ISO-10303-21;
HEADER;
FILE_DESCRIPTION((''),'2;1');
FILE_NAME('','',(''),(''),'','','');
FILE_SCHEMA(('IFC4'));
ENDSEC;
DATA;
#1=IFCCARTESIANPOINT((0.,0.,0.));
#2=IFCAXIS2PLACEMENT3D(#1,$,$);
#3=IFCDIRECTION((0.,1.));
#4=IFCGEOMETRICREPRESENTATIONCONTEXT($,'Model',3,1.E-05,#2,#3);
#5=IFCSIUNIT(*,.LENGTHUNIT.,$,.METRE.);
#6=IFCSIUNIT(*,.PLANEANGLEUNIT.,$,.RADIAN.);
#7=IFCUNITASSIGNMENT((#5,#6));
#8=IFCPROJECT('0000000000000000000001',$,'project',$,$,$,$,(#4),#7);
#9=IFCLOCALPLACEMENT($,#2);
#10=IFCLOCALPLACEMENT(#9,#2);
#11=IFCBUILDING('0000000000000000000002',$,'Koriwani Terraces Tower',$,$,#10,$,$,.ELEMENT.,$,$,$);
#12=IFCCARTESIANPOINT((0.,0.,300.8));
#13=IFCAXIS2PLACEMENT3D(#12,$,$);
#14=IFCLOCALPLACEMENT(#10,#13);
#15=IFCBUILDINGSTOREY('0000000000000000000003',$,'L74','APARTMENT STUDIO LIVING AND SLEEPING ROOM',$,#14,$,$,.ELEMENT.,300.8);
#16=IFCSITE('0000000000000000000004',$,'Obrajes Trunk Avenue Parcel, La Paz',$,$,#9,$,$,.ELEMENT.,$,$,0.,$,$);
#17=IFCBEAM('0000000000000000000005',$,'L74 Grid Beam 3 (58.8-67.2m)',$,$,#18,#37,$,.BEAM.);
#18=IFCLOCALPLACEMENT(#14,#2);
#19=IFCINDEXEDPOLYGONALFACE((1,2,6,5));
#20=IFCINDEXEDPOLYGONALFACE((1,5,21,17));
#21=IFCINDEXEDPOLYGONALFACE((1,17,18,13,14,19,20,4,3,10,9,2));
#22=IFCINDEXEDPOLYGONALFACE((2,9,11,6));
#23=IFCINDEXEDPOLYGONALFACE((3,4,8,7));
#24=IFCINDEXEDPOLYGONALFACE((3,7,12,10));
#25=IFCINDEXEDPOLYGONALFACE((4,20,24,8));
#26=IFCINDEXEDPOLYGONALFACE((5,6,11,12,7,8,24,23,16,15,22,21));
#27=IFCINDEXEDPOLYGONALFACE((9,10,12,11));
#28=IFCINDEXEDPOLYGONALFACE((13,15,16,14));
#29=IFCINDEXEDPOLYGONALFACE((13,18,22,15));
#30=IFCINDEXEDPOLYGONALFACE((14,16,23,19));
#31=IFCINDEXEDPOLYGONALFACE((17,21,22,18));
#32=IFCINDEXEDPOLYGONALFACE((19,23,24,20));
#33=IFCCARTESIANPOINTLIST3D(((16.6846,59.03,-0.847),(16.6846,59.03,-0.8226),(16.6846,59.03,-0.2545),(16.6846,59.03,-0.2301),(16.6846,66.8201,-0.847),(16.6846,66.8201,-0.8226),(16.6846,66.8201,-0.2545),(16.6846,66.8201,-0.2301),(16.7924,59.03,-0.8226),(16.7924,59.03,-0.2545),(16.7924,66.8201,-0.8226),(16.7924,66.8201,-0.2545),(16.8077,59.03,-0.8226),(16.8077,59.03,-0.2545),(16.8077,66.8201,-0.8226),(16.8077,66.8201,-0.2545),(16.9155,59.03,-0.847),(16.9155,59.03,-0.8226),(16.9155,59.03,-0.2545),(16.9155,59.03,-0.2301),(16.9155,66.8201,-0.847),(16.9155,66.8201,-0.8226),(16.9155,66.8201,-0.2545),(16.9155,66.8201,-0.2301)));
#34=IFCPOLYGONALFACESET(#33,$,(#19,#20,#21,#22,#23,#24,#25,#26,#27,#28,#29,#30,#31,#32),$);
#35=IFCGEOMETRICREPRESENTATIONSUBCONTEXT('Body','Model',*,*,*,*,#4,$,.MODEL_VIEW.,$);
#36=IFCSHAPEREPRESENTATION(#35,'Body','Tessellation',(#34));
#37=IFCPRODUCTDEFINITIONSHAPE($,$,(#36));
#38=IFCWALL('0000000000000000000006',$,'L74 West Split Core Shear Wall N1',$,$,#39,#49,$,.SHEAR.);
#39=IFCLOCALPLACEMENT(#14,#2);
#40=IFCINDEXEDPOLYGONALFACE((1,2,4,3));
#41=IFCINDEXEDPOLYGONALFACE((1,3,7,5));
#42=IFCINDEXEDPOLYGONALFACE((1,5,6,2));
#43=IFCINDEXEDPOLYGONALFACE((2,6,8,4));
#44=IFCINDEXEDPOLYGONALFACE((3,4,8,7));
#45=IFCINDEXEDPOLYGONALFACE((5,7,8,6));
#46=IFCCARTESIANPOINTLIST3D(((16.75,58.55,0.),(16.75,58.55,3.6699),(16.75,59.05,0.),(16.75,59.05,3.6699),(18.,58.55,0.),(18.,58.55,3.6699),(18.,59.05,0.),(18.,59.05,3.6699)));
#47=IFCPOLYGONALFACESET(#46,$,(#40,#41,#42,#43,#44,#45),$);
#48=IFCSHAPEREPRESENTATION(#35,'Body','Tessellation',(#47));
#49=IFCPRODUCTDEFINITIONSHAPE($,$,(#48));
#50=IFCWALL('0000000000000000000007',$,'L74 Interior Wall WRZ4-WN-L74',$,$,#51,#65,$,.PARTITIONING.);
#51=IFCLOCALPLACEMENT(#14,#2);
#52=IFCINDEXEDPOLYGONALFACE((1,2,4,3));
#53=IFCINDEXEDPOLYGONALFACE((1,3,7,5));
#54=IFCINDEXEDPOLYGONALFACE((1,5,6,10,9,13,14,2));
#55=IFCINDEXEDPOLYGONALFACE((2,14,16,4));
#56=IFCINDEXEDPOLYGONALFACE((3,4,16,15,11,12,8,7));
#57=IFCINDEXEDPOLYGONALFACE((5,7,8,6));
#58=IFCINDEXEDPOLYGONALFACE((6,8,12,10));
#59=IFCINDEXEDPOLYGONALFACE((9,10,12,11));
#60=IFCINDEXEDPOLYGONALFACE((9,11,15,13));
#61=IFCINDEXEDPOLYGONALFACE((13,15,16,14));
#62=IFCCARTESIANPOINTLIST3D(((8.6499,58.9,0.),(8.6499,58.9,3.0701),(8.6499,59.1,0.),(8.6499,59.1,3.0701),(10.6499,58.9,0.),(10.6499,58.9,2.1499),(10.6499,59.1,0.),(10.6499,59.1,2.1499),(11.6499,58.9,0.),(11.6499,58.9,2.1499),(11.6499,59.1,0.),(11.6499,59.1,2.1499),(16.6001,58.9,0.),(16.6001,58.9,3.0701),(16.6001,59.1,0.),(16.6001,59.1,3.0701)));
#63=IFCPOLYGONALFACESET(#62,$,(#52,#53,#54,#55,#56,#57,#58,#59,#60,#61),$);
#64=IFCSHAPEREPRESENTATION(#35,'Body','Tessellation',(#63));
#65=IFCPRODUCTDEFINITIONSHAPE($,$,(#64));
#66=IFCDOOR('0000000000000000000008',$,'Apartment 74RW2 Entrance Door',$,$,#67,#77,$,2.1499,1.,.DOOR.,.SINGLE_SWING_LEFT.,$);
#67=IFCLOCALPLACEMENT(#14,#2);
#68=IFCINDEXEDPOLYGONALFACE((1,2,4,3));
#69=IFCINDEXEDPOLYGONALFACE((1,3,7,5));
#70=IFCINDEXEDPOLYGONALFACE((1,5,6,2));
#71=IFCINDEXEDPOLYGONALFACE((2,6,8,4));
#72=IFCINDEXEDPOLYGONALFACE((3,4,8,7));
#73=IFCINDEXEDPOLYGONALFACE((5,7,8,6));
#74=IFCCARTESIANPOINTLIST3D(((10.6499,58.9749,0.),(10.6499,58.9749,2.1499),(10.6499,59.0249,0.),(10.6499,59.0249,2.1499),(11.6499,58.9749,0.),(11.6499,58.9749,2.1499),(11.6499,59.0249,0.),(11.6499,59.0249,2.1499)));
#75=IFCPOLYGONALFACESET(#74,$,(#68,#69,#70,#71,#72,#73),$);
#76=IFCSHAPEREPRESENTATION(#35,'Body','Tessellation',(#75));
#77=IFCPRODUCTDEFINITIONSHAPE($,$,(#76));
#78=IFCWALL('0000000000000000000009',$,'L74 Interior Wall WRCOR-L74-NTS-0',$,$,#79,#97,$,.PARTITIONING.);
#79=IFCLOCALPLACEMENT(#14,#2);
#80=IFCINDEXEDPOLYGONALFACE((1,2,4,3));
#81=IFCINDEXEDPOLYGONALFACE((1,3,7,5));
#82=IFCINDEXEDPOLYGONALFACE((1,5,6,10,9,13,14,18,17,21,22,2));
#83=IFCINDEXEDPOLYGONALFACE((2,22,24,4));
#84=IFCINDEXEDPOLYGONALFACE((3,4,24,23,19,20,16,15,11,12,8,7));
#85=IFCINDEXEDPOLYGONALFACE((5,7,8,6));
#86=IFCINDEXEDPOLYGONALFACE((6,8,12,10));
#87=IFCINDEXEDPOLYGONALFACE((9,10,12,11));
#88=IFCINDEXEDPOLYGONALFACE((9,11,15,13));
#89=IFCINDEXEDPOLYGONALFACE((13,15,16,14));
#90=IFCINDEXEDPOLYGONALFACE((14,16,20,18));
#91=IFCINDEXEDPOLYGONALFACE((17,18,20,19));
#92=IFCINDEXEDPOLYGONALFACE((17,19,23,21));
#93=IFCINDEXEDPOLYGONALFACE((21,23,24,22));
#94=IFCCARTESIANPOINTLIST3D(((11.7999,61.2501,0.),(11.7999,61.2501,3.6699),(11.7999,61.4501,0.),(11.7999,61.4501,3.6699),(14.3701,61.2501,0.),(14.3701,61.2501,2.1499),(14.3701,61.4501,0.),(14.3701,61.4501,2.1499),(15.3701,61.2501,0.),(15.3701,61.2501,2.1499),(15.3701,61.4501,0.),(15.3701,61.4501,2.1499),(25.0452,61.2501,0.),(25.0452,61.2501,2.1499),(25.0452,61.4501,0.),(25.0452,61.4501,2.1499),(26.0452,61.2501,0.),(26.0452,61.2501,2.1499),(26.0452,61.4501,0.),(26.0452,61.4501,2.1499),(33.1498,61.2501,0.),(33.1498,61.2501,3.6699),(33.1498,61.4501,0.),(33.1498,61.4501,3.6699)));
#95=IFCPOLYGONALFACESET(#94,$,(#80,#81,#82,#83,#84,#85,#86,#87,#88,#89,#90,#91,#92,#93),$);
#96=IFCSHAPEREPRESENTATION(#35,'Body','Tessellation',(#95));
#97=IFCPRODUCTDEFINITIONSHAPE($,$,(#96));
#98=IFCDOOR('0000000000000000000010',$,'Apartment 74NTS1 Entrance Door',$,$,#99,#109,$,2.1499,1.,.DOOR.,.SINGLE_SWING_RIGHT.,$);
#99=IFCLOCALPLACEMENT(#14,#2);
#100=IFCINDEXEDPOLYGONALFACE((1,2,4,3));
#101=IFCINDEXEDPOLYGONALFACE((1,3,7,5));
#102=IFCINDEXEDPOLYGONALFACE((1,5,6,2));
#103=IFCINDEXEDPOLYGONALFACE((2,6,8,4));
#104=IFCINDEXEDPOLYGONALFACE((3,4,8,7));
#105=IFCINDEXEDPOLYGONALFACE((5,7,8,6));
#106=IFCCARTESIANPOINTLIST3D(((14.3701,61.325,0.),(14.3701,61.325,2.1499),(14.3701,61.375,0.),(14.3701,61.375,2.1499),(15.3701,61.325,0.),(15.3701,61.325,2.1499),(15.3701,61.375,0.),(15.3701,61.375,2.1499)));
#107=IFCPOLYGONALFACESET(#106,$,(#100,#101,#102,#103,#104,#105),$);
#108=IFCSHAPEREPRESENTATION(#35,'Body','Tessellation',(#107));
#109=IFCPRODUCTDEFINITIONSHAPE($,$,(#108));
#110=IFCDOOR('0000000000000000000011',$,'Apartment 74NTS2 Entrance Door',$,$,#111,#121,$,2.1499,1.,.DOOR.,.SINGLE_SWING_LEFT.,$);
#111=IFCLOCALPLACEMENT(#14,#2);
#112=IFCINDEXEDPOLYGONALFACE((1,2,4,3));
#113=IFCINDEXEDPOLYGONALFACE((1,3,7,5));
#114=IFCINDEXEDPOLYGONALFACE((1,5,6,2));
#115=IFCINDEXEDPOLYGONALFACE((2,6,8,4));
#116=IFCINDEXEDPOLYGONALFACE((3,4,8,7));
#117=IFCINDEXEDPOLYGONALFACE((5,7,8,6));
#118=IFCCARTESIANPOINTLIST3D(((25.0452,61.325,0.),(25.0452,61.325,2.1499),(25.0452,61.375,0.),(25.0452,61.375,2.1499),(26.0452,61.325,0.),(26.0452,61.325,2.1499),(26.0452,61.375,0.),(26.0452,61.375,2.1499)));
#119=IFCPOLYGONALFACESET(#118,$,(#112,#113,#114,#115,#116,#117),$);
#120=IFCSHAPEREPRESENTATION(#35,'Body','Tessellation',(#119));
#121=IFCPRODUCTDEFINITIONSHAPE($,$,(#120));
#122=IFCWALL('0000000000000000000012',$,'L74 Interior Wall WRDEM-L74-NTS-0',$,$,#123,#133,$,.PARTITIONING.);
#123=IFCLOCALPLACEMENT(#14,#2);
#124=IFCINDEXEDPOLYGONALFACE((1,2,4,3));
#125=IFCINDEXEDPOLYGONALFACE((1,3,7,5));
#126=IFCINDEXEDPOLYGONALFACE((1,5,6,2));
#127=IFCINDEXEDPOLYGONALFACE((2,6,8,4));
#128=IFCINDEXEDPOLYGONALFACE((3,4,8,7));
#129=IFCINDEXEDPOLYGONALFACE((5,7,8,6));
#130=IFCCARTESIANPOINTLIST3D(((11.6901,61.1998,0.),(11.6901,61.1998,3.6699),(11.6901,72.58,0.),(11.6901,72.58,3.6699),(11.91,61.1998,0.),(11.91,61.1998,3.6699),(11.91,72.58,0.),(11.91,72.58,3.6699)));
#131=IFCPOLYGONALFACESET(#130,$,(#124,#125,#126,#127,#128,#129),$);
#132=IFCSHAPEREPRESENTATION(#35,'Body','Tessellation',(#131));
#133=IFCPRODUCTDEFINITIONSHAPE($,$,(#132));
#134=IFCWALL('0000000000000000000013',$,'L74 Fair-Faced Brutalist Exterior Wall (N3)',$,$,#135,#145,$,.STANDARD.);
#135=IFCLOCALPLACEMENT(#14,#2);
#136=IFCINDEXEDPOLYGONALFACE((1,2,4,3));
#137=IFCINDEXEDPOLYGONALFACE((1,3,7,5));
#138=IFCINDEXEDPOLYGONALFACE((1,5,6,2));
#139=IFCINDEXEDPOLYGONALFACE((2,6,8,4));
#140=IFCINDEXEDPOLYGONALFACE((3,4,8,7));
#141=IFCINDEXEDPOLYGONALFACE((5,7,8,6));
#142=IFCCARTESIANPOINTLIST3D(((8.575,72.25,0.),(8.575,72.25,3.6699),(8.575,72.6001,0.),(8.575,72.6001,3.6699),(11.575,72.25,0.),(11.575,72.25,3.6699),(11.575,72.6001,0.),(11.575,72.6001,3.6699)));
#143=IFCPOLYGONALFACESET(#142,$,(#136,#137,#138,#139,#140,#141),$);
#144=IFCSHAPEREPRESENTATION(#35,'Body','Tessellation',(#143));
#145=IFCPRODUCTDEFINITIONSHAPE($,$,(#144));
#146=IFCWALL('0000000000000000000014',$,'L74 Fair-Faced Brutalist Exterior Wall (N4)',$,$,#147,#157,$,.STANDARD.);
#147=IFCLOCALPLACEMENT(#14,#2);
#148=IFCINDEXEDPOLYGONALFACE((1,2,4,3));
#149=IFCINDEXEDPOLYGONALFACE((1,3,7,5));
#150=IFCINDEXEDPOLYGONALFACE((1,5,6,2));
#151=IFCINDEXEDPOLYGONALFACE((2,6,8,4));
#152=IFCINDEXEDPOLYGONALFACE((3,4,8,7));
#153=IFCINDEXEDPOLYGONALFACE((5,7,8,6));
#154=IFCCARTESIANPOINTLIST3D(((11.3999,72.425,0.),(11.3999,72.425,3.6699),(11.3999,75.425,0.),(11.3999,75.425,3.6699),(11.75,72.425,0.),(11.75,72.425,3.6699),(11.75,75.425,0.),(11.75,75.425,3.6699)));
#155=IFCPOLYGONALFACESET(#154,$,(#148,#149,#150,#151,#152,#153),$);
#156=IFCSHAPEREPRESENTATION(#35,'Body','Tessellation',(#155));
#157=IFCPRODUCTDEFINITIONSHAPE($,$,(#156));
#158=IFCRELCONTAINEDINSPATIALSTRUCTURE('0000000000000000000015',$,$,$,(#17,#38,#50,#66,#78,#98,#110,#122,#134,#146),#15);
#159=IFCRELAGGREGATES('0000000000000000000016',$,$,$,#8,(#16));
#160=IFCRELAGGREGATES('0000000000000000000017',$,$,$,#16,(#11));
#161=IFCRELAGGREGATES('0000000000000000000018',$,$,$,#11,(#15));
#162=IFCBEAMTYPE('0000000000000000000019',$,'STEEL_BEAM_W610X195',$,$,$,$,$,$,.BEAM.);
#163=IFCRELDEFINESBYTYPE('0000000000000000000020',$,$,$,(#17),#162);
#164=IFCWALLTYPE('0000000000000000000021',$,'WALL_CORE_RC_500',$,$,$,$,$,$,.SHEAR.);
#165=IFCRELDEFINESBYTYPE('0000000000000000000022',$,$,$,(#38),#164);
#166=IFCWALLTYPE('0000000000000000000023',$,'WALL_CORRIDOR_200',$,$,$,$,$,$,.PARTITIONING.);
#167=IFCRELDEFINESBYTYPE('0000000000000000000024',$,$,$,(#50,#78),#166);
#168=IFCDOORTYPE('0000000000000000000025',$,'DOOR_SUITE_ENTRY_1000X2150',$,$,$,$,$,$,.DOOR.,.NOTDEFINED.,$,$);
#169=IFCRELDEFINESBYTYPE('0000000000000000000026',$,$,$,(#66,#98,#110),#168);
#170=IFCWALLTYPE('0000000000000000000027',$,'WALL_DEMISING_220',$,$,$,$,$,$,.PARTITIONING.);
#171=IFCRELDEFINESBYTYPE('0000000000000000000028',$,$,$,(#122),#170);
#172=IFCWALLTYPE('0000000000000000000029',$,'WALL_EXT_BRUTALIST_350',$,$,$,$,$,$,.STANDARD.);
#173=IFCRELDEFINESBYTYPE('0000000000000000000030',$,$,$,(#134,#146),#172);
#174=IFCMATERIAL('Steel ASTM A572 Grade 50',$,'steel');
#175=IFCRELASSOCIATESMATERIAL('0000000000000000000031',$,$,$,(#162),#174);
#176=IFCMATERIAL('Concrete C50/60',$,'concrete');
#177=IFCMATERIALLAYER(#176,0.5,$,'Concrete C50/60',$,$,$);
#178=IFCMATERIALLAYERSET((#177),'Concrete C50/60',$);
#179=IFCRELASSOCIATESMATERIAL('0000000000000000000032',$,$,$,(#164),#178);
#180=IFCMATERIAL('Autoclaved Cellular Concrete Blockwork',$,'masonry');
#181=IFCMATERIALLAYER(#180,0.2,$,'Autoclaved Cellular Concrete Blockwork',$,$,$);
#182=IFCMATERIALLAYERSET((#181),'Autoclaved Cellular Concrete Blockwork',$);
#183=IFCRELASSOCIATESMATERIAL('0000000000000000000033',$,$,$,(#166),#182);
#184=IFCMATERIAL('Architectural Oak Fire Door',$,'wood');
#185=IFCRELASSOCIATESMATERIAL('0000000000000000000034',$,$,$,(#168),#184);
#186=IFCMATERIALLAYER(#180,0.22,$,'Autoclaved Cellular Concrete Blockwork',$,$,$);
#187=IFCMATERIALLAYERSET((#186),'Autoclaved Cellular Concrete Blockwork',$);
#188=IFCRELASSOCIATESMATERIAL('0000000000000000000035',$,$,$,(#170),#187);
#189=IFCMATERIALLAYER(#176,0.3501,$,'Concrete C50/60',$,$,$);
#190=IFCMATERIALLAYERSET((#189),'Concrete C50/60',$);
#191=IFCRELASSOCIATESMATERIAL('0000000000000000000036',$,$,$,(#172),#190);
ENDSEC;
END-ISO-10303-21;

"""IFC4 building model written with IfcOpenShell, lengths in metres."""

from ifc_helpers import new_model, si_unit, direction, frame, frame_2d, origin, origin_2d, place, context, subcontext, project, spatial, rectangle, i_section, extrude, material, layer, layer_set, material_profile, profile_set, type_object, element, fill, save


model = new_model("IFC4")

# Units and contexts
model_context = context("Model", 3, precision=1e-05, world=origin(), true_north=direction((0.0, 1.0)))
body_context = subcontext(model_context, "Body", "Model", "MODEL_VIEW")
ifc_project = project(units=[si_unit("LENGTHUNIT", "METRE"), si_unit("PLANEANGLEUNIT", "RADIAN")], contexts=[model_context])

# Site, building, storey
site_placement = place(None, origin())
site = spatial("IfcSite", under=ifc_project, at=site_placement, Name="Obrajes Trunk Avenue Parcel, La Paz", CompositionType="ELEMENT", RefElevation=0.0)
building_placement = place(site_placement, origin())
building = spatial("IfcBuilding", under=site, at=building_placement, Name="Koriwani Terraces Tower", CompositionType="ELEMENT")
storey_placement = place(building_placement, frame((0.0, 0.0, 300.8)))
storey = spatial("IfcBuildingStorey", under=building, at=storey_placement, Name="L74", Description="APARTMENT STUDIO LIVING AND SLEEPING ROOM", CompositionType="ELEMENT", Elevation=300.8)

# Shared definitions
ifc_material_1 = material(Name="Concrete C50/60", Category="concrete")

# Beam
ifc_material_2 = material(Name="Steel ASTM A572 Grade 50", Category="steel")
ifc_material_profile_1 = material_profile(ifc_material_2, i_section(OverallWidth=0.231, OverallDepth=0.6169, WebThickness=0.0154, FlangeThickness=0.0244, at=origin_2d()), Name="Steel ASTM A572 Grade 50", Category="LoadBearing")
ifc_profile_set_1 = profile_set([ifc_material_profile_1], Name="Steel ASTM A572 Grade 50")
beam_type_1 = type_object("IfcBeamType", Name="STEEL_BEAM_W610X195", PredefinedType="BEAM", material=ifc_profile_set_1)
beam_1_placement = place(storey_placement, frame((16.8, 59.03, -0.5386), z_axis=(0.0, 1.0, 0.0), x_axis=(-1.0, 0.0, 0.0)))
element("IfcBeam", 1, at=beam_1_placement, inside=storey, type_object=beam_type_1, Name="L74 Grid Beam 3 (58.8-67.2m)", PredefinedType="BEAM", context=body_context, shape_type="SweptSolid", body=[
    extrude(i_section(OverallWidth=0.231, OverallDepth=0.6169, WebThickness=0.0154, FlangeThickness=0.0244, at=origin_2d()), origin(), (0.0, 0.0, 1.0), 7.79),
])

# Wall
ifc_layer_1 = layer(ifc_material_1, 0.5, Name="Concrete C50/60")
ifc_layer_set_1 = layer_set([ifc_layer_1], Name="Concrete C50/60")
wall_type_1 = type_object("IfcWallType", Name="WALL_CORE_RC_500", PredefinedType="SHEAR", material=ifc_layer_set_1)
wall_1_placement = place(storey_placement, frame((16.75, 58.8, 0.0), z_axis=(0.0, 0.0, 1.0), x_axis=(1.0, 0.0, 0.0)))
element("IfcWall", 2, at=wall_1_placement, inside=storey, type_object=wall_type_1, Name="L74 West Split Core Shear Wall N1", PredefinedType="SHEAR", context=body_context, shape_type="SweptSolid", body=[
    extrude(rectangle(XDim=1.25, YDim=0.5, at=frame_2d((0.625, 0.0))), origin(), (0.0, 0.0, 1.0), 3.6699),
])

# Wall, opening, door
ifc_material_3 = material(Name="Autoclaved Cellular Concrete Blockwork", Category="masonry")
ifc_layer_2 = layer(ifc_material_3, 0.2, Name="Autoclaved Cellular Concrete Blockwork")
ifc_layer_set_2 = layer_set([ifc_layer_2], Name="Autoclaved Cellular Concrete Blockwork")
wall_type_2 = type_object("IfcWallType", Name="WALL_CORRIDOR_200", PredefinedType="PARTITIONING", material=ifc_layer_set_2)
wall_2_placement = place(storey_placement, frame((8.6499, 59.0, 0.0), z_axis=(0.0, 0.0, 1.0), x_axis=(1.0, 0.0, 0.0)))
wall_2 = element("IfcWall", 3, at=wall_2_placement, inside=storey, type_object=wall_type_2, Name="L74 Interior Wall WRZ4-WN-L74", PredefinedType="PARTITIONING", context=body_context, shape_type="SweptSolid", body=[
    extrude(rectangle(XDim=7.9502, YDim=0.2, at=frame_2d((3.9751, 0.0))), origin(), (0.0, 0.0, 1.0), 3.0701),
])
opening_1_placement = place(wall_2_placement, frame((2.0, 0.0, 0.0)))
opening_1 = element("IfcOpeningElement", 4, at=opening_1_placement, cuts=wall_2, PredefinedType="OPENING", context=body_context, shape_type="SweptSolid", body=[
    extrude(rectangle(XDim=1.0, YDim=2.1499, at=frame_2d((0.5, 1.075))), frame((0.0, 0.1099, 0.0), z_axis=(0.0, -1.0, 0.0), x_axis=(1.0, 0.0, 0.0)), (0.0, 0.0, 1.0), 0.22),
])
ifc_material_4 = material(Name="Architectural Oak Fire Door", Category="wood")
door_type_1 = type_object("IfcDoorType", Name="DOOR_SUITE_ENTRY_1000X2150", OperationType="NOTDEFINED", PredefinedType="DOOR", material=ifc_material_4)
door_1_placement = place(opening_1_placement, origin())
door_1 = element("IfcDoor", 5, at=door_1_placement, inside=storey, type_object=door_type_1, Name="Apartment 74RW2 Entrance Door", OperationType="SINGLE_SWING_LEFT", OverallHeight=2.1499, OverallWidth=1.0, PredefinedType="DOOR", context=body_context, shape_type="SweptSolid", body=[
    extrude(rectangle(XDim=1.0, YDim=2.1499, at=frame_2d((0.5, 1.075))), frame((0.0, 0.0249, 0.0), z_axis=(0.0, -1.0, 0.0), x_axis=(1.0, 0.0, 0.0)), (0.0, 0.0, 1.0), 0.05),
])
fill(opening_1, door_1)

# Wall, openings, doors
wall_3_placement = place(storey_placement, frame((11.8, 61.3501, 0.0), z_axis=(0.0, 0.0, 1.0), x_axis=(1.0, 0.0, 0.0)))
wall_3 = element("IfcWall", 6, at=wall_3_placement, inside=storey, type_object=wall_type_2, Name="L74 Interior Wall WRCOR-L74-NTS-0", PredefinedType="PARTITIONING", context=body_context, shape_type="SweptSolid", body=[
    extrude(rectangle(XDim=21.3499, YDim=0.2, at=frame_2d((10.6748, 0.0))), origin(), (0.0, 0.0, 1.0), 3.6699),
])
opening_2_placement = place(wall_3_placement, frame((2.5701, 0.0, 0.0)))
opening_2 = element("IfcOpeningElement", 7, at=opening_2_placement, cuts=wall_3, PredefinedType="OPENING", context=body_context, shape_type="SweptSolid", body=[
    extrude(rectangle(XDim=1.0, YDim=2.1499, at=frame_2d((0.5, 1.075))), frame((0.0, 0.1099, 0.0), z_axis=(0.0, -1.0, 0.0), x_axis=(1.0, 0.0, 0.0)), (0.0, 0.0, 1.0), 0.22),
])
opening_3_placement = place(wall_3_placement, frame((13.2451, 0.0, 0.0)))
opening_3 = element("IfcOpeningElement", 8, at=opening_3_placement, cuts=wall_3, PredefinedType="OPENING", context=body_context, shape_type="SweptSolid", body=[
    extrude(rectangle(XDim=1.0, YDim=2.1499, at=frame_2d((0.5, 1.075))), frame((0.0, 0.1099, 0.0), z_axis=(0.0, -1.0, 0.0), x_axis=(1.0, 0.0, 0.0)), (0.0, 0.0, 1.0), 0.22),
])
door_2_placement = place(opening_2_placement, origin())
door_2 = element("IfcDoor", 9, at=door_2_placement, inside=storey, type_object=door_type_1, Name="Apartment 74NTS1 Entrance Door", OperationType="SINGLE_SWING_RIGHT", OverallHeight=2.1499, OverallWidth=1.0, PredefinedType="DOOR", context=body_context, shape_type="SweptSolid", body=[
    extrude(rectangle(XDim=1.0, YDim=2.1499, at=frame_2d((0.5, 1.075))), frame((0.0, 0.0249, 0.0), z_axis=(0.0, -1.0, 0.0), x_axis=(1.0, 0.0, 0.0)), (0.0, 0.0, 1.0), 0.05),
])
fill(opening_2, door_2)
door_3_placement = place(opening_3_placement, origin())
door_3 = element("IfcDoor", 10, at=door_3_placement, inside=storey, type_object=door_type_1, Name="Apartment 74NTS2 Entrance Door", OperationType="SINGLE_SWING_LEFT", OverallHeight=2.1499, OverallWidth=1.0, PredefinedType="DOOR", context=body_context, shape_type="SweptSolid", body=[
    extrude(rectangle(XDim=1.0, YDim=2.1499, at=frame_2d((0.5, 1.075))), frame((0.0, 0.0249, 0.0), z_axis=(0.0, -1.0, 0.0), x_axis=(1.0, 0.0, 0.0)), (0.0, 0.0, 1.0), 0.05),
])
fill(opening_3, door_3)

# Walls
ifc_layer_3 = layer(ifc_material_3, 0.22, Name="Autoclaved Cellular Concrete Blockwork")
ifc_layer_set_3 = layer_set([ifc_layer_3], Name="Autoclaved Cellular Concrete Blockwork")
wall_type_3 = type_object("IfcWallType", Name="WALL_DEMISING_220", PredefinedType="PARTITIONING", material=ifc_layer_set_3)
wall_4_placement = place(storey_placement, frame((11.8, 61.2, 0.0), z_axis=(0.0, 0.0, 1.0), x_axis=(0.0, 1.0, 0.0)))
element("IfcWall", 11, at=wall_4_placement, inside=storey, type_object=wall_type_3, Name="L74 Interior Wall WRDEM-L74-NTS-0", PredefinedType="PARTITIONING", context=body_context, shape_type="SweptSolid", body=[
    extrude(rectangle(XDim=11.3801, YDim=0.22, at=frame_2d((5.6899, 0.0))), origin(), (0.0, 0.0, 1.0), 3.6699),
])
ifc_layer_4 = layer(ifc_material_1, 0.3501, Name="Concrete C50/60")
ifc_layer_set_4 = layer_set([ifc_layer_4], Name="Concrete C50/60")
wall_type_4 = type_object("IfcWallType", Name="WALL_EXT_BRUTALIST_350", PredefinedType="STANDARD", material=ifc_layer_set_4)
for number, where, z_axis, x_axis, name in (
    (12, (8.575, 72.425, 0.0), (0.0, 0.0, 1.0), (1.0, 0.0, 0.0), "L74 Fair-Faced Brutalist Exterior Wall (N3)"),
    (13, (11.575, 72.425, 0.0), (0.0, 0.0, 1.0), (0.0, 1.0, 0.0), "L74 Fair-Faced Brutalist Exterior Wall (N4)"),
):
    element("IfcWall", number, at=place(storey_placement, frame(where, z_axis=z_axis, x_axis=x_axis)), inside=storey, type_object=wall_type_4, Name=name, PredefinedType="STANDARD", context=body_context, shape_type="SweptSolid", body=[
        extrude(rectangle(XDim=3.0, YDim=0.3501, at=frame_2d((1.5, 0.0))), origin(), (0.0, 0.0, 1.0), 3.6699),
    ])

save(model, "model.ifc")
